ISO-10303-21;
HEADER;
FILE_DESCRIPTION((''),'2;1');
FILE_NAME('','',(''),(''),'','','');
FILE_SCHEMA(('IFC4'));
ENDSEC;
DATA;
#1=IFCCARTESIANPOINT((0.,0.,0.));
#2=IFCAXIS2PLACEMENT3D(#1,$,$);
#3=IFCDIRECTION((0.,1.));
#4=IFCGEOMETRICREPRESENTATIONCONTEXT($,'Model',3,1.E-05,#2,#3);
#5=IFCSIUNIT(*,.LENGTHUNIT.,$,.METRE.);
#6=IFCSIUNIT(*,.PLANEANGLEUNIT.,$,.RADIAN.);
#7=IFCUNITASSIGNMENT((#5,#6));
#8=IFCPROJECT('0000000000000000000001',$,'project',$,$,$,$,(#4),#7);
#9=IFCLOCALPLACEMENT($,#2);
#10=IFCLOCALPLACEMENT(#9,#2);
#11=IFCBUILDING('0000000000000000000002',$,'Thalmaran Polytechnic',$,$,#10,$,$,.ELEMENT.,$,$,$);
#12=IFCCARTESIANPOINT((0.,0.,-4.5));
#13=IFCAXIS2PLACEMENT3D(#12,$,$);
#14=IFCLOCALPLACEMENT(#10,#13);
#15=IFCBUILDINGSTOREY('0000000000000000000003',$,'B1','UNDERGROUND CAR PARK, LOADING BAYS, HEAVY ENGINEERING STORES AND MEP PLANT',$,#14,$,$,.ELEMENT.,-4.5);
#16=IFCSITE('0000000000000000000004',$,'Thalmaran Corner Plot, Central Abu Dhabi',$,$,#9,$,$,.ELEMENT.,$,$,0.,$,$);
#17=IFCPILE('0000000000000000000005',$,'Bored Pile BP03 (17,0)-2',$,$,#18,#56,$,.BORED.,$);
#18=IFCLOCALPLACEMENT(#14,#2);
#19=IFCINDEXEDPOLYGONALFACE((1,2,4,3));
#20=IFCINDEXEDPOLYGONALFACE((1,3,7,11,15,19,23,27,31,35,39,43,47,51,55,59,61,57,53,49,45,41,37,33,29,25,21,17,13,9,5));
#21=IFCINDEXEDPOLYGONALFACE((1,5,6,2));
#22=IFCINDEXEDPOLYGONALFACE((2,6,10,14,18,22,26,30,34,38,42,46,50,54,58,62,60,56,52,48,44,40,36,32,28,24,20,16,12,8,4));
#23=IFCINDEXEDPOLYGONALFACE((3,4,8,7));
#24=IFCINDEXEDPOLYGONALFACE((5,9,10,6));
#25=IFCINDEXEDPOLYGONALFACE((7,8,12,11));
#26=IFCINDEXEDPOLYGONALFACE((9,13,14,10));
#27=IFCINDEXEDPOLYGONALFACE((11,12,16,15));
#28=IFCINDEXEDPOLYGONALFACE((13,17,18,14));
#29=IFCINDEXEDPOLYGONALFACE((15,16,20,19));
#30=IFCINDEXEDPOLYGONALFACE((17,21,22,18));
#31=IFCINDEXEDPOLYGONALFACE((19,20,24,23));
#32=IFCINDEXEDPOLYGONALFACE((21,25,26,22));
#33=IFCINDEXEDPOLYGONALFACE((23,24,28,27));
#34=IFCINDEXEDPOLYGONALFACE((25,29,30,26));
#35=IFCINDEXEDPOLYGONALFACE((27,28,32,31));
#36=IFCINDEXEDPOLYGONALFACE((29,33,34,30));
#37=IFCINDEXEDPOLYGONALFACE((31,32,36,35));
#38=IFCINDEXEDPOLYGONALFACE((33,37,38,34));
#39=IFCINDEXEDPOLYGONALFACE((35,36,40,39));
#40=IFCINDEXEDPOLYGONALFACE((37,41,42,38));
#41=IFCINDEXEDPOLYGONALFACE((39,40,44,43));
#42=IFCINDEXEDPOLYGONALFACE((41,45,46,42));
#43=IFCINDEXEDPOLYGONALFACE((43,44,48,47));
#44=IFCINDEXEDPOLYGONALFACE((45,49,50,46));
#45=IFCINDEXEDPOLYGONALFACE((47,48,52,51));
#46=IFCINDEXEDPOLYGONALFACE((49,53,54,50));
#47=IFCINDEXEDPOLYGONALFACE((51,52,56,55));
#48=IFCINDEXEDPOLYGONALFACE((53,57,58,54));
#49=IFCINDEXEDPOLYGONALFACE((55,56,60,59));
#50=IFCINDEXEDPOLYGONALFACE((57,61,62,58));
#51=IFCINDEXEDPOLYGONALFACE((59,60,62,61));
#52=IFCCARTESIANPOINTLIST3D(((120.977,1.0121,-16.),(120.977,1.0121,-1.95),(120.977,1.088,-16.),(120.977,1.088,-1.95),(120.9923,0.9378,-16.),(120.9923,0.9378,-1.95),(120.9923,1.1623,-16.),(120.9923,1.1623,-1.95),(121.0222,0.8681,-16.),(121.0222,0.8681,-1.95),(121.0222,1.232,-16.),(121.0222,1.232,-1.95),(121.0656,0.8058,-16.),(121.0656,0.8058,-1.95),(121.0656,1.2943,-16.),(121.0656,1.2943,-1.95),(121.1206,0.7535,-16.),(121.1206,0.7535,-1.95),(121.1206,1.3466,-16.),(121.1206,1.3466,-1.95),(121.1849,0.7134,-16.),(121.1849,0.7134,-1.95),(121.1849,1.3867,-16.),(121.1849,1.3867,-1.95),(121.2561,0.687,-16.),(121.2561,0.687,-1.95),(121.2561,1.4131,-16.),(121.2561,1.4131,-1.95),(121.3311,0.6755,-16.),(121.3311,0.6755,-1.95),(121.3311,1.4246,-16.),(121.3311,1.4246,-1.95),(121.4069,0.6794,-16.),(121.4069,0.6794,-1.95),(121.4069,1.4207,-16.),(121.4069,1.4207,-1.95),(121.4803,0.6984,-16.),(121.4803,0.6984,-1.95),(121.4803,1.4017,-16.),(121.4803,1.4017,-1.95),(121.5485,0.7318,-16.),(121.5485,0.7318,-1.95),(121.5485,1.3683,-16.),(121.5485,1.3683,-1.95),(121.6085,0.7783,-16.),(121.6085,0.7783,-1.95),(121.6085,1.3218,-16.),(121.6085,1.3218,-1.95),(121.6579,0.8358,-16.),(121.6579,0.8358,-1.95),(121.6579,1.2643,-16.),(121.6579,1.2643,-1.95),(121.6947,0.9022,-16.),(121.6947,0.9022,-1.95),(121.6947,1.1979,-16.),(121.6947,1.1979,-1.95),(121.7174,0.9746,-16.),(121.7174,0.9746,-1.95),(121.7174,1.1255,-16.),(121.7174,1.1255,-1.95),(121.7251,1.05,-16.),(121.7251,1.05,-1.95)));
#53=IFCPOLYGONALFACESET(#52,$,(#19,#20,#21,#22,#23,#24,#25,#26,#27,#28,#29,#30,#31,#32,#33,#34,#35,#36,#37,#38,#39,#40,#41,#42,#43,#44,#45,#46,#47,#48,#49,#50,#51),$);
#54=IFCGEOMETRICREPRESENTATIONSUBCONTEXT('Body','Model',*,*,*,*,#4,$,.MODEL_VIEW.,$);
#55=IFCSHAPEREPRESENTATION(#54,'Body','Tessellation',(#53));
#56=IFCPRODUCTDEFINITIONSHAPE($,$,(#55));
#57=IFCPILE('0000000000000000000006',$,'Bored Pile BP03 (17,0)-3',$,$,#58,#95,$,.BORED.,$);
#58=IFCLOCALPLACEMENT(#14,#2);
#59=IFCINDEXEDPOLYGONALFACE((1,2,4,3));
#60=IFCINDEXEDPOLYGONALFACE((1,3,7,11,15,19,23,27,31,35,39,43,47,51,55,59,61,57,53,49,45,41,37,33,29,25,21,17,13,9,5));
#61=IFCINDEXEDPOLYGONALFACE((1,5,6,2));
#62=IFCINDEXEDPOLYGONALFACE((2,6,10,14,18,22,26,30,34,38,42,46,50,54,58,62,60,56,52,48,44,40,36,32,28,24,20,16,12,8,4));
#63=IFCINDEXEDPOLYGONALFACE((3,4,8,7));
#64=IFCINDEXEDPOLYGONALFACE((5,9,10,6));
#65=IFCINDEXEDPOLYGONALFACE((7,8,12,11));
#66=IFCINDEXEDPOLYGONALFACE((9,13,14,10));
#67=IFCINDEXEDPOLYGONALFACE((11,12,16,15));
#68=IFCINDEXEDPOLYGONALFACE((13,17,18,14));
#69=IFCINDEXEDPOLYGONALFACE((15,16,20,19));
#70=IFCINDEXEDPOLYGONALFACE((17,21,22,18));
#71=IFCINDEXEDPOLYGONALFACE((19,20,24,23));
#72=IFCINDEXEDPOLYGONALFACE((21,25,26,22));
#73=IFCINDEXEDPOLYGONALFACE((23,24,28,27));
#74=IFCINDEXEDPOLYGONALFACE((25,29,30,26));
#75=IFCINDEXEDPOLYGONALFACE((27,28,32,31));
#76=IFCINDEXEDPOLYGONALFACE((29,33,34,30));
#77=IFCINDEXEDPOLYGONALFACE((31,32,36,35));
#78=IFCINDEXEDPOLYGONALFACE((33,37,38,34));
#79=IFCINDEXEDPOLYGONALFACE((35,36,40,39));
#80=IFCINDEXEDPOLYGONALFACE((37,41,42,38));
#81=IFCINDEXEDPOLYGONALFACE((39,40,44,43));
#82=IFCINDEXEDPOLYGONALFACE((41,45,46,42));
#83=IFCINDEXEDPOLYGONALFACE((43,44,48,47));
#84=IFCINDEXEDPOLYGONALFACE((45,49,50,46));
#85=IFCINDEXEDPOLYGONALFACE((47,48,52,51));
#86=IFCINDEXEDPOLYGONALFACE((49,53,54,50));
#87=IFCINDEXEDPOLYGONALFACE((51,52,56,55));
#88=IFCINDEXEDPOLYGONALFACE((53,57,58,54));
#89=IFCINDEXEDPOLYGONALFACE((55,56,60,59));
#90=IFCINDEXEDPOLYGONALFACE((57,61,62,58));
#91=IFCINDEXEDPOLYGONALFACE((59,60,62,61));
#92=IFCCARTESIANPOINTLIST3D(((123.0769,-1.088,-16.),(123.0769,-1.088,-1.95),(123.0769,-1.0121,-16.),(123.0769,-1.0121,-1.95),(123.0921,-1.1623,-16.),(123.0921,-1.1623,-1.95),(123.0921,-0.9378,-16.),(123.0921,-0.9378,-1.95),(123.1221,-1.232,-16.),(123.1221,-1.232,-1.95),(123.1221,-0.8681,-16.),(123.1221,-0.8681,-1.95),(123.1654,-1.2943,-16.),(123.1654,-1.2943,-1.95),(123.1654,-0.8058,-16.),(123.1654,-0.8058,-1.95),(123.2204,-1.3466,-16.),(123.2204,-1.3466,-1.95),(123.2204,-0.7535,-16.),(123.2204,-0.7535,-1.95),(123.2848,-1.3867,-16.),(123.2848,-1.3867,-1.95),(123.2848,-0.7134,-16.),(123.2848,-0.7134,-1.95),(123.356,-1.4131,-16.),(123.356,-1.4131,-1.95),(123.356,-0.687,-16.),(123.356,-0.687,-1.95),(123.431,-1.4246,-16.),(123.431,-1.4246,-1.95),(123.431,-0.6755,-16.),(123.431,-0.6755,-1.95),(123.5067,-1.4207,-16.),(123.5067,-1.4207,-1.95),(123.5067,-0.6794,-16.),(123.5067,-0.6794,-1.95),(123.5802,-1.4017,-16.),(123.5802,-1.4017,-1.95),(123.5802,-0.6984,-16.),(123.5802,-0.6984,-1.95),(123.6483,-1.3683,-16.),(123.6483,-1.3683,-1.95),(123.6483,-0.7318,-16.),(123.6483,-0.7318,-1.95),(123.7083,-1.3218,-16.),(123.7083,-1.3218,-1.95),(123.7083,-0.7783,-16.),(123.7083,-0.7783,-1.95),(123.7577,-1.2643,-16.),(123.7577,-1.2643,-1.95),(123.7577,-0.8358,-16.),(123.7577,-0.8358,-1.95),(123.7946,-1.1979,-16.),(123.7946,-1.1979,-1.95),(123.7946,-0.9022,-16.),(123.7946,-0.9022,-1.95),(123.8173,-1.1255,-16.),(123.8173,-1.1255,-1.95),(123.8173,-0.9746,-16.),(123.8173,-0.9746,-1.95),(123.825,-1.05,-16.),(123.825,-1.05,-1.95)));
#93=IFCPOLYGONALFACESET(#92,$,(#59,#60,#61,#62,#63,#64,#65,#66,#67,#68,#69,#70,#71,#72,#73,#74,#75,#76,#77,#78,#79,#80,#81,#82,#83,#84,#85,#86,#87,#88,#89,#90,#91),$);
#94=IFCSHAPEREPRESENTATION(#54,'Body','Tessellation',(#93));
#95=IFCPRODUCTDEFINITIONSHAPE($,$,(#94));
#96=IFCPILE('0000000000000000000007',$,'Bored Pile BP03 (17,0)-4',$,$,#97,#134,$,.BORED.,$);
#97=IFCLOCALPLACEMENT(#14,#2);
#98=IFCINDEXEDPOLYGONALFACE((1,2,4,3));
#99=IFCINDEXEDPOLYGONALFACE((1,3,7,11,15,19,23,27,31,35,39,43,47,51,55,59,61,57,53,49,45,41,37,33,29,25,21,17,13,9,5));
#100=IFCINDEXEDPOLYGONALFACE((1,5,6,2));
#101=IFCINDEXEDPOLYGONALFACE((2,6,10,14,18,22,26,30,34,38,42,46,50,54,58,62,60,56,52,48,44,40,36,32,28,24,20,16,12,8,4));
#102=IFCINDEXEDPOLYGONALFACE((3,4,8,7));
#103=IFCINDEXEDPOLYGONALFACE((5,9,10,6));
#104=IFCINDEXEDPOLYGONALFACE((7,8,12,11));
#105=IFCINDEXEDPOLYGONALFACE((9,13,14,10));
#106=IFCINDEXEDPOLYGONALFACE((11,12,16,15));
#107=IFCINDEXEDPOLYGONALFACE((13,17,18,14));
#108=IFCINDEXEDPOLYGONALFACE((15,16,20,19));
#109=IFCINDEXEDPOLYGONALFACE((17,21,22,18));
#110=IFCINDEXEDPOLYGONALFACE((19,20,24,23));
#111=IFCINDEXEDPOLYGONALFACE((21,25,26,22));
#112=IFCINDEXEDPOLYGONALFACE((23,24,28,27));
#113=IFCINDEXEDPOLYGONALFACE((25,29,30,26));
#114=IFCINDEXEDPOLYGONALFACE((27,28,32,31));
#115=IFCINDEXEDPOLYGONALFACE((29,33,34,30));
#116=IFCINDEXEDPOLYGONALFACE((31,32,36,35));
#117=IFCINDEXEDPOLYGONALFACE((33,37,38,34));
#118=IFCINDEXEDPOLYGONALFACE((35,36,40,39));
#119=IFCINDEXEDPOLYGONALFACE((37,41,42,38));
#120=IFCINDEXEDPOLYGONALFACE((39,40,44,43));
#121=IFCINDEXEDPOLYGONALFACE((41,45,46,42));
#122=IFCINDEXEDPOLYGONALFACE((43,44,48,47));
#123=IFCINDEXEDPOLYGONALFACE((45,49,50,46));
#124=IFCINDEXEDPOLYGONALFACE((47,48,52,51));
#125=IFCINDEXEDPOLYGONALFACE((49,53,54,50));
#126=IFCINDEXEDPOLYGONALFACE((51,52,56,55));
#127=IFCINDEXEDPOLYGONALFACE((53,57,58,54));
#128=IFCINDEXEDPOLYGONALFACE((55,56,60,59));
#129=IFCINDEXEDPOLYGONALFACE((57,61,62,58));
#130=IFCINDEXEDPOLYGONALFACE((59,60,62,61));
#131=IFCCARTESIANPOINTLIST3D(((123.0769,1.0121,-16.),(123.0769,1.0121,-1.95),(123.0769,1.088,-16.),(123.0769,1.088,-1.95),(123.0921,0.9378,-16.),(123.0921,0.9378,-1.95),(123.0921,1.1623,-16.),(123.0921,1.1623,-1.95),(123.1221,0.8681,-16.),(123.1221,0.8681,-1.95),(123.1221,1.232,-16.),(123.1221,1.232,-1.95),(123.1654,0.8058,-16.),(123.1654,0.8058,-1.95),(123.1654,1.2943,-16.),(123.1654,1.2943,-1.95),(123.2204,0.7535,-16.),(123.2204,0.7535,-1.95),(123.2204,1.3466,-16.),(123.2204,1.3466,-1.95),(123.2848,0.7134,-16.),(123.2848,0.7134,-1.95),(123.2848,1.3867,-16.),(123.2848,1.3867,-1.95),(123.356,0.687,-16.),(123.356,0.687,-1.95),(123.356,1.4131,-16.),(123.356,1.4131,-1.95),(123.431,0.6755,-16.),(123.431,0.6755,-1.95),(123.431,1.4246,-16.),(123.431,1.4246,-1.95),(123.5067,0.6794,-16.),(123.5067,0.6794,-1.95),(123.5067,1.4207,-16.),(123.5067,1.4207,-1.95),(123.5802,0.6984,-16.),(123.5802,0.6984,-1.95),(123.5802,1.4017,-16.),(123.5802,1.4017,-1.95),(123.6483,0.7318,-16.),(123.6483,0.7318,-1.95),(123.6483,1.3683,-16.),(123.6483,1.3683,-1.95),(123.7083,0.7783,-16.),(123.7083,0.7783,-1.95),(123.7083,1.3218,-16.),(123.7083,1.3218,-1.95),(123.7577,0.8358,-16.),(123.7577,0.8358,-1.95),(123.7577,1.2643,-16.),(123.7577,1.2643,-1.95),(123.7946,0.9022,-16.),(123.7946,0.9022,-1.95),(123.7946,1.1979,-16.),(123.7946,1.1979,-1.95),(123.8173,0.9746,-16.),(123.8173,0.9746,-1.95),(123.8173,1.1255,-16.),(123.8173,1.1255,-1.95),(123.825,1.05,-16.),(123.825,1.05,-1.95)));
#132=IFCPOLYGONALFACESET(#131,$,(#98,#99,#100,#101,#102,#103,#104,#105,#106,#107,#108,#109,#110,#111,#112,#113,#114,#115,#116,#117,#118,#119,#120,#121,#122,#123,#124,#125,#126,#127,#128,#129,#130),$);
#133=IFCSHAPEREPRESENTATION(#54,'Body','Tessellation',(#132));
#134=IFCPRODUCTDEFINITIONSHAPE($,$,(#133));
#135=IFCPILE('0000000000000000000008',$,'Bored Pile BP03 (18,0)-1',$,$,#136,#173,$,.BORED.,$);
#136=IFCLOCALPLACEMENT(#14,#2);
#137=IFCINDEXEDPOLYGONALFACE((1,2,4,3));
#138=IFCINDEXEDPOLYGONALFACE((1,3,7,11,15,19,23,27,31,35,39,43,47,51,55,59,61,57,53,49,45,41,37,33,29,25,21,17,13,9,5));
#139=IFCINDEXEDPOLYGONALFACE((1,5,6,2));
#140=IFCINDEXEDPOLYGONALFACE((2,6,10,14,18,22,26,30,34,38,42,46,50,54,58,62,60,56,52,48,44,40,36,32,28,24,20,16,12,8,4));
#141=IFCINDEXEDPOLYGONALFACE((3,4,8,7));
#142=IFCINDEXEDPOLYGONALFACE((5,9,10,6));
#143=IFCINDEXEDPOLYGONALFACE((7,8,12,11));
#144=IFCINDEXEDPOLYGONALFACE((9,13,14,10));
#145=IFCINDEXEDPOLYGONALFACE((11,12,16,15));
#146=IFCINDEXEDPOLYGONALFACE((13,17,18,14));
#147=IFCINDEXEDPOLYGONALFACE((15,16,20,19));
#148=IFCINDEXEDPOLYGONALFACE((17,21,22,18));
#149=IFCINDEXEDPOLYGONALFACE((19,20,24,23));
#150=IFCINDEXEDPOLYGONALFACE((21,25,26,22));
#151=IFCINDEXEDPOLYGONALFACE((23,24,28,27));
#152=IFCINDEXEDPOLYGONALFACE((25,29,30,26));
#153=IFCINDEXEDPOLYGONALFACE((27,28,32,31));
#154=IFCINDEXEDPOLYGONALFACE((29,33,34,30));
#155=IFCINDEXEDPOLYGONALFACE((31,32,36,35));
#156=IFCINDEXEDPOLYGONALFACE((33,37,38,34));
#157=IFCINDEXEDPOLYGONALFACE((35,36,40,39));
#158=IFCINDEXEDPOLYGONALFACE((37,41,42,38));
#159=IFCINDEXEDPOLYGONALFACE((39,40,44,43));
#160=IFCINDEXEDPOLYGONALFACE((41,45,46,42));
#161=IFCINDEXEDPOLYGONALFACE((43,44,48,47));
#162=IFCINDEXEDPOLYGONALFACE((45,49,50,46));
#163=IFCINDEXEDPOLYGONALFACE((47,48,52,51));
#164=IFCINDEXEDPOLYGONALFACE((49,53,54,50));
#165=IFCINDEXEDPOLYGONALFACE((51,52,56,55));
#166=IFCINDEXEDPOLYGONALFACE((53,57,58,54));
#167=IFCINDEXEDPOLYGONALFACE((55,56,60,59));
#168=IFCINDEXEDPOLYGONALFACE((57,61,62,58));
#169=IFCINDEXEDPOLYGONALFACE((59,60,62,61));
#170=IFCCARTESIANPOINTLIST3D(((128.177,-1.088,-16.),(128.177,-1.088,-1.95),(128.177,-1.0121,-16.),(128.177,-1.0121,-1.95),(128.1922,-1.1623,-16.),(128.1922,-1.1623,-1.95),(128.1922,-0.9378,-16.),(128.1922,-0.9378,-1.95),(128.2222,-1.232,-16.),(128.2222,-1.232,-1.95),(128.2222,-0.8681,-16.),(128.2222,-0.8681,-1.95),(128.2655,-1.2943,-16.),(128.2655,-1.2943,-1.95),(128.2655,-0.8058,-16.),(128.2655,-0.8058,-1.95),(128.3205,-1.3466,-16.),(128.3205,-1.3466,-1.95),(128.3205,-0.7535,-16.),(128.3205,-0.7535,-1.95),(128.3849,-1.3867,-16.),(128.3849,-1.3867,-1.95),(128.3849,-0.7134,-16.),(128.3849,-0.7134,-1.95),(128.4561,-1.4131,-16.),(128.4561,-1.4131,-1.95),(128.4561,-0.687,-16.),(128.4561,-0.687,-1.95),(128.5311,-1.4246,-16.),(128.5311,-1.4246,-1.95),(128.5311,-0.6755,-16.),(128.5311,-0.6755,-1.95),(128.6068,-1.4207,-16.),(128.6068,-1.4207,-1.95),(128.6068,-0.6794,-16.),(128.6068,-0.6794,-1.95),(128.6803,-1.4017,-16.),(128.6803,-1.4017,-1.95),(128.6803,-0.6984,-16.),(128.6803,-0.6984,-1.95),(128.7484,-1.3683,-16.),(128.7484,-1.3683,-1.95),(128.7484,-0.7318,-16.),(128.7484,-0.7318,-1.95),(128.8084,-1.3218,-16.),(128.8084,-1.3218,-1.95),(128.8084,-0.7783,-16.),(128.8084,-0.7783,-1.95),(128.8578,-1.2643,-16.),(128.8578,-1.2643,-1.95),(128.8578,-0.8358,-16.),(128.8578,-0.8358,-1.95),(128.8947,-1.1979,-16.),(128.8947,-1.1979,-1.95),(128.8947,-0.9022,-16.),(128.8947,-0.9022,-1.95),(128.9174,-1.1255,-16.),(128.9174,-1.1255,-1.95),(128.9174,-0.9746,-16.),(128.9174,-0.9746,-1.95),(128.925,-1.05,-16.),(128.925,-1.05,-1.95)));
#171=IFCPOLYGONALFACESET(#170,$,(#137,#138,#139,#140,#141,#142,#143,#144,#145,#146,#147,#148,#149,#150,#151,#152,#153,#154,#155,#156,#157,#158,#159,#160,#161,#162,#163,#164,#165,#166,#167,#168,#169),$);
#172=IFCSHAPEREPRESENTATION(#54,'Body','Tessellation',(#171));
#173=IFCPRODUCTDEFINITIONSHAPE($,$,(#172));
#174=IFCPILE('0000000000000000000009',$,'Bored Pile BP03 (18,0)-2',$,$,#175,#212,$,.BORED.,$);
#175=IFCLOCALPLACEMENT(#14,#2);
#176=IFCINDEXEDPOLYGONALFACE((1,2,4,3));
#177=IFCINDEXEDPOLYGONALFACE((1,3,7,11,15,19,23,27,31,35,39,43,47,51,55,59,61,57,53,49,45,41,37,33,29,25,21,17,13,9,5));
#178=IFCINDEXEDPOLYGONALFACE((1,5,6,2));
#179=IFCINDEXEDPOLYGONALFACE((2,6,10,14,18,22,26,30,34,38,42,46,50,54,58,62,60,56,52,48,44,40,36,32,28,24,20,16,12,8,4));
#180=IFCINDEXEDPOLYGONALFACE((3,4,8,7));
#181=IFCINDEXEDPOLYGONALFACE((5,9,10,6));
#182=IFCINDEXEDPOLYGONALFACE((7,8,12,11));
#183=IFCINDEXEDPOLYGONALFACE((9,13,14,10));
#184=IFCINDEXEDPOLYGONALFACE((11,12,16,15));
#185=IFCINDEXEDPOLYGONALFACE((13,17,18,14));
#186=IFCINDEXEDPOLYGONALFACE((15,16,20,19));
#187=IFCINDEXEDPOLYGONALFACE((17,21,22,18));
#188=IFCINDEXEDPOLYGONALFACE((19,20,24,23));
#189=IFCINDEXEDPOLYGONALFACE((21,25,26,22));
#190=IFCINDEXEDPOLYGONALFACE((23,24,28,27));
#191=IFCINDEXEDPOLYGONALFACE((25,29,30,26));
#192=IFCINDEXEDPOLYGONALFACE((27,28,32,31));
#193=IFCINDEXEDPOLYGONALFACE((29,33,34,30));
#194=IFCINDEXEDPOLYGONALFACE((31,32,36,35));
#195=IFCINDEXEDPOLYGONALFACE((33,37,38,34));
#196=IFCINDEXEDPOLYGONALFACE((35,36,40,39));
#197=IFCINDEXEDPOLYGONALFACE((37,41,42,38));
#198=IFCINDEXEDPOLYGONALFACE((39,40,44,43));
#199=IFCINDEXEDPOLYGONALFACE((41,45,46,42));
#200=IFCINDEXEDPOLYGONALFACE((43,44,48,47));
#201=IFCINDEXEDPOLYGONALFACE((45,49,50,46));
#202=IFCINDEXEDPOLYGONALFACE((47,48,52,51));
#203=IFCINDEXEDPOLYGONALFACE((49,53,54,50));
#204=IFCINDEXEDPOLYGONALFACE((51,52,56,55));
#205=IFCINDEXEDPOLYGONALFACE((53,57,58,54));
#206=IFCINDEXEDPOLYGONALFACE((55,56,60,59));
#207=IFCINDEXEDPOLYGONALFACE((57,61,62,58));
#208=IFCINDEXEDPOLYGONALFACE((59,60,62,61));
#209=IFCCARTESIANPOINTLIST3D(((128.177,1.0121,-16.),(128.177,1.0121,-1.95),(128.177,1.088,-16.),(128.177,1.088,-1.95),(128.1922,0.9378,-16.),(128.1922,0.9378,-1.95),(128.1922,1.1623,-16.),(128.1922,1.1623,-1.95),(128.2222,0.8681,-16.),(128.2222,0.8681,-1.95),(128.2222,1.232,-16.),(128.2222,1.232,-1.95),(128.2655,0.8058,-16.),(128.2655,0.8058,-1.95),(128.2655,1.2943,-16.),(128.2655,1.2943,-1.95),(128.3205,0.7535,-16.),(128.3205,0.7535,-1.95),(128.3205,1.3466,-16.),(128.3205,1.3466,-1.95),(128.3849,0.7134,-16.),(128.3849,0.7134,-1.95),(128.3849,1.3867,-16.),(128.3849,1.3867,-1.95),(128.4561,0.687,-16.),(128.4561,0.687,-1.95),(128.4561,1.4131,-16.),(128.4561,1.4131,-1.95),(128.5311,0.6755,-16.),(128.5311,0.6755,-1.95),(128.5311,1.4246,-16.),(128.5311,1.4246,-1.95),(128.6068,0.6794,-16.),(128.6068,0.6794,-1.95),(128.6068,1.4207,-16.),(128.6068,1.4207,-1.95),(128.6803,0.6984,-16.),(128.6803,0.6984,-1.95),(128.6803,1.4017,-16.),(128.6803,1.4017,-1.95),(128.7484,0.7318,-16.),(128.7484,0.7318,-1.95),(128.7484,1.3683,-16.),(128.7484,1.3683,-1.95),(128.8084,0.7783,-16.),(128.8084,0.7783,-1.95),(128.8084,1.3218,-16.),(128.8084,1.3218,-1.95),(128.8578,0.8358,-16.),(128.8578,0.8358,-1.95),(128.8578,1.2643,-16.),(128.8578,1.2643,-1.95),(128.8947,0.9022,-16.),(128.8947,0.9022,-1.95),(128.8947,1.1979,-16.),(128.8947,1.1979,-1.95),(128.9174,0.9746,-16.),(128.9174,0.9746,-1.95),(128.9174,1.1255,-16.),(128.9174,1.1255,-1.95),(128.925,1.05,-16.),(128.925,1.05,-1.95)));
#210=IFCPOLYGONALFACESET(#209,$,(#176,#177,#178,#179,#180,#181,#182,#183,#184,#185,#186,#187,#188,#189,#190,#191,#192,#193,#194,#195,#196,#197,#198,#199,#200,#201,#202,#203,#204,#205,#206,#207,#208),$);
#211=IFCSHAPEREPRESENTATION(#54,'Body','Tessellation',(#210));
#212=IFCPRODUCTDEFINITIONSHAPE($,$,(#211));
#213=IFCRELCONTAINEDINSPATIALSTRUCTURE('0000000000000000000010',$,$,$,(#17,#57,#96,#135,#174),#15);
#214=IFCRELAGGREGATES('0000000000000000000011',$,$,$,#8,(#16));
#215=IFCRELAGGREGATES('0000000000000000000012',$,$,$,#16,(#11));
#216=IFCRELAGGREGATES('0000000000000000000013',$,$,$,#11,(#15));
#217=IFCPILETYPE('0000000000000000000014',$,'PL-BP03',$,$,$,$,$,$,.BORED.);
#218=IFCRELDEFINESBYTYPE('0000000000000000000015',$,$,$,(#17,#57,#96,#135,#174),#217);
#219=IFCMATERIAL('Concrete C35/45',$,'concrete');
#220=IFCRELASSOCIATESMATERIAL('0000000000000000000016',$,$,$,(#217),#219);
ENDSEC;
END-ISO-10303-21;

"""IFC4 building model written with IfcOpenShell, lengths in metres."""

from ifc_helpers import new_model, si_unit, direction, frame, origin, origin_2d, place, context, subcontext, project, spatial, circle, extrude, material, material_profile, profile_set, type_object, element, save


model = new_model("IFC4")

# Units and contexts
model_context = context("Model", 3, precision=1e-05, world=origin(), true_north=direction((0.0, 1.0)))
body_context = subcontext(model_context, "Body", "Model", "MODEL_VIEW")
ifc_project = project(units=[si_unit("LENGTHUNIT", "METRE"), si_unit("PLANEANGLEUNIT", "RADIAN")], contexts=[model_context])

# Site, building, storey
site_placement = place(None, origin())
site = spatial("IfcSite", under=ifc_project, at=site_placement, Name="Thalmaran Corner Plot, Central Abu Dhabi", CompositionType="ELEMENT", RefElevation=0.0)
building_placement = place(site_placement, origin())
building = spatial("IfcBuilding", under=site, at=building_placement, Name="Thalmaran Polytechnic", CompositionType="ELEMENT")
storey_placement = place(building_placement, frame((0.0, 0.0, -4.5)))
storey = spatial("IfcBuildingStorey", under=building, at=storey_placement, Name="B1", Description="UNDERGROUND CAR PARK, LOADING BAYS, HEAVY ENGINEERING STORES AND MEP PLANT", CompositionType="ELEMENT", Elevation=-4.5)

# Piles
ifc_material_1 = material(Name="Concrete C35/45", Category="concrete")
ifc_material_profile_1 = material_profile(ifc_material_1, circle(Radius=0.375, at=origin_2d()), Name="RC 750 DIA")
ifc_profile_set_1 = profile_set([ifc_material_profile_1], Name="Concrete C35/45")
pile_type_1 = type_object("IfcPileType", Name="PL-BP03", PredefinedType="BORED", material=ifc_profile_set_1)
for number, where, z_axis, x_axis, name in (
    (1, (121.3501, 1.05, -1.95), (0.0, 0.0, -1.0), (1.0, 0.0, 0.0), "Bored Pile BP03 (17,0)-2"),
    (2, (123.45, -1.05, -1.95), (0.0, 0.0, -1.0), (1.0, 0.0, 0.0), "Bored Pile BP03 (17,0)-3"),
    (3, (123.45, 1.05, -1.95), (0.0, 0.0, -1.0), (1.0, 0.0, 0.0), "Bored Pile BP03 (17,0)-4"),
    (4, (128.55, -1.05, -1.95), (0.0, 0.0, -1.0), (1.0, 0.0, 0.0), "Bored Pile BP03 (18,0)-1"),
    (5, (128.55, 1.05, -1.95), (0.0, 0.0, -1.0), (1.0, 0.0, 0.0), "Bored Pile BP03 (18,0)-2"),
):
    element("IfcPile", number, at=place(storey_placement, frame(where, z_axis=z_axis, x_axis=x_axis)), inside=storey, type_object=pile_type_1, Name=name, PredefinedType="BORED", context=body_context, shape_type="SweptSolid", body=[
        extrude(circle(Radius=0.375, at=origin_2d()), origin(), (0.0, 0.0, 1.0), 14.05),
    ])

save(model, "model.ifc")
